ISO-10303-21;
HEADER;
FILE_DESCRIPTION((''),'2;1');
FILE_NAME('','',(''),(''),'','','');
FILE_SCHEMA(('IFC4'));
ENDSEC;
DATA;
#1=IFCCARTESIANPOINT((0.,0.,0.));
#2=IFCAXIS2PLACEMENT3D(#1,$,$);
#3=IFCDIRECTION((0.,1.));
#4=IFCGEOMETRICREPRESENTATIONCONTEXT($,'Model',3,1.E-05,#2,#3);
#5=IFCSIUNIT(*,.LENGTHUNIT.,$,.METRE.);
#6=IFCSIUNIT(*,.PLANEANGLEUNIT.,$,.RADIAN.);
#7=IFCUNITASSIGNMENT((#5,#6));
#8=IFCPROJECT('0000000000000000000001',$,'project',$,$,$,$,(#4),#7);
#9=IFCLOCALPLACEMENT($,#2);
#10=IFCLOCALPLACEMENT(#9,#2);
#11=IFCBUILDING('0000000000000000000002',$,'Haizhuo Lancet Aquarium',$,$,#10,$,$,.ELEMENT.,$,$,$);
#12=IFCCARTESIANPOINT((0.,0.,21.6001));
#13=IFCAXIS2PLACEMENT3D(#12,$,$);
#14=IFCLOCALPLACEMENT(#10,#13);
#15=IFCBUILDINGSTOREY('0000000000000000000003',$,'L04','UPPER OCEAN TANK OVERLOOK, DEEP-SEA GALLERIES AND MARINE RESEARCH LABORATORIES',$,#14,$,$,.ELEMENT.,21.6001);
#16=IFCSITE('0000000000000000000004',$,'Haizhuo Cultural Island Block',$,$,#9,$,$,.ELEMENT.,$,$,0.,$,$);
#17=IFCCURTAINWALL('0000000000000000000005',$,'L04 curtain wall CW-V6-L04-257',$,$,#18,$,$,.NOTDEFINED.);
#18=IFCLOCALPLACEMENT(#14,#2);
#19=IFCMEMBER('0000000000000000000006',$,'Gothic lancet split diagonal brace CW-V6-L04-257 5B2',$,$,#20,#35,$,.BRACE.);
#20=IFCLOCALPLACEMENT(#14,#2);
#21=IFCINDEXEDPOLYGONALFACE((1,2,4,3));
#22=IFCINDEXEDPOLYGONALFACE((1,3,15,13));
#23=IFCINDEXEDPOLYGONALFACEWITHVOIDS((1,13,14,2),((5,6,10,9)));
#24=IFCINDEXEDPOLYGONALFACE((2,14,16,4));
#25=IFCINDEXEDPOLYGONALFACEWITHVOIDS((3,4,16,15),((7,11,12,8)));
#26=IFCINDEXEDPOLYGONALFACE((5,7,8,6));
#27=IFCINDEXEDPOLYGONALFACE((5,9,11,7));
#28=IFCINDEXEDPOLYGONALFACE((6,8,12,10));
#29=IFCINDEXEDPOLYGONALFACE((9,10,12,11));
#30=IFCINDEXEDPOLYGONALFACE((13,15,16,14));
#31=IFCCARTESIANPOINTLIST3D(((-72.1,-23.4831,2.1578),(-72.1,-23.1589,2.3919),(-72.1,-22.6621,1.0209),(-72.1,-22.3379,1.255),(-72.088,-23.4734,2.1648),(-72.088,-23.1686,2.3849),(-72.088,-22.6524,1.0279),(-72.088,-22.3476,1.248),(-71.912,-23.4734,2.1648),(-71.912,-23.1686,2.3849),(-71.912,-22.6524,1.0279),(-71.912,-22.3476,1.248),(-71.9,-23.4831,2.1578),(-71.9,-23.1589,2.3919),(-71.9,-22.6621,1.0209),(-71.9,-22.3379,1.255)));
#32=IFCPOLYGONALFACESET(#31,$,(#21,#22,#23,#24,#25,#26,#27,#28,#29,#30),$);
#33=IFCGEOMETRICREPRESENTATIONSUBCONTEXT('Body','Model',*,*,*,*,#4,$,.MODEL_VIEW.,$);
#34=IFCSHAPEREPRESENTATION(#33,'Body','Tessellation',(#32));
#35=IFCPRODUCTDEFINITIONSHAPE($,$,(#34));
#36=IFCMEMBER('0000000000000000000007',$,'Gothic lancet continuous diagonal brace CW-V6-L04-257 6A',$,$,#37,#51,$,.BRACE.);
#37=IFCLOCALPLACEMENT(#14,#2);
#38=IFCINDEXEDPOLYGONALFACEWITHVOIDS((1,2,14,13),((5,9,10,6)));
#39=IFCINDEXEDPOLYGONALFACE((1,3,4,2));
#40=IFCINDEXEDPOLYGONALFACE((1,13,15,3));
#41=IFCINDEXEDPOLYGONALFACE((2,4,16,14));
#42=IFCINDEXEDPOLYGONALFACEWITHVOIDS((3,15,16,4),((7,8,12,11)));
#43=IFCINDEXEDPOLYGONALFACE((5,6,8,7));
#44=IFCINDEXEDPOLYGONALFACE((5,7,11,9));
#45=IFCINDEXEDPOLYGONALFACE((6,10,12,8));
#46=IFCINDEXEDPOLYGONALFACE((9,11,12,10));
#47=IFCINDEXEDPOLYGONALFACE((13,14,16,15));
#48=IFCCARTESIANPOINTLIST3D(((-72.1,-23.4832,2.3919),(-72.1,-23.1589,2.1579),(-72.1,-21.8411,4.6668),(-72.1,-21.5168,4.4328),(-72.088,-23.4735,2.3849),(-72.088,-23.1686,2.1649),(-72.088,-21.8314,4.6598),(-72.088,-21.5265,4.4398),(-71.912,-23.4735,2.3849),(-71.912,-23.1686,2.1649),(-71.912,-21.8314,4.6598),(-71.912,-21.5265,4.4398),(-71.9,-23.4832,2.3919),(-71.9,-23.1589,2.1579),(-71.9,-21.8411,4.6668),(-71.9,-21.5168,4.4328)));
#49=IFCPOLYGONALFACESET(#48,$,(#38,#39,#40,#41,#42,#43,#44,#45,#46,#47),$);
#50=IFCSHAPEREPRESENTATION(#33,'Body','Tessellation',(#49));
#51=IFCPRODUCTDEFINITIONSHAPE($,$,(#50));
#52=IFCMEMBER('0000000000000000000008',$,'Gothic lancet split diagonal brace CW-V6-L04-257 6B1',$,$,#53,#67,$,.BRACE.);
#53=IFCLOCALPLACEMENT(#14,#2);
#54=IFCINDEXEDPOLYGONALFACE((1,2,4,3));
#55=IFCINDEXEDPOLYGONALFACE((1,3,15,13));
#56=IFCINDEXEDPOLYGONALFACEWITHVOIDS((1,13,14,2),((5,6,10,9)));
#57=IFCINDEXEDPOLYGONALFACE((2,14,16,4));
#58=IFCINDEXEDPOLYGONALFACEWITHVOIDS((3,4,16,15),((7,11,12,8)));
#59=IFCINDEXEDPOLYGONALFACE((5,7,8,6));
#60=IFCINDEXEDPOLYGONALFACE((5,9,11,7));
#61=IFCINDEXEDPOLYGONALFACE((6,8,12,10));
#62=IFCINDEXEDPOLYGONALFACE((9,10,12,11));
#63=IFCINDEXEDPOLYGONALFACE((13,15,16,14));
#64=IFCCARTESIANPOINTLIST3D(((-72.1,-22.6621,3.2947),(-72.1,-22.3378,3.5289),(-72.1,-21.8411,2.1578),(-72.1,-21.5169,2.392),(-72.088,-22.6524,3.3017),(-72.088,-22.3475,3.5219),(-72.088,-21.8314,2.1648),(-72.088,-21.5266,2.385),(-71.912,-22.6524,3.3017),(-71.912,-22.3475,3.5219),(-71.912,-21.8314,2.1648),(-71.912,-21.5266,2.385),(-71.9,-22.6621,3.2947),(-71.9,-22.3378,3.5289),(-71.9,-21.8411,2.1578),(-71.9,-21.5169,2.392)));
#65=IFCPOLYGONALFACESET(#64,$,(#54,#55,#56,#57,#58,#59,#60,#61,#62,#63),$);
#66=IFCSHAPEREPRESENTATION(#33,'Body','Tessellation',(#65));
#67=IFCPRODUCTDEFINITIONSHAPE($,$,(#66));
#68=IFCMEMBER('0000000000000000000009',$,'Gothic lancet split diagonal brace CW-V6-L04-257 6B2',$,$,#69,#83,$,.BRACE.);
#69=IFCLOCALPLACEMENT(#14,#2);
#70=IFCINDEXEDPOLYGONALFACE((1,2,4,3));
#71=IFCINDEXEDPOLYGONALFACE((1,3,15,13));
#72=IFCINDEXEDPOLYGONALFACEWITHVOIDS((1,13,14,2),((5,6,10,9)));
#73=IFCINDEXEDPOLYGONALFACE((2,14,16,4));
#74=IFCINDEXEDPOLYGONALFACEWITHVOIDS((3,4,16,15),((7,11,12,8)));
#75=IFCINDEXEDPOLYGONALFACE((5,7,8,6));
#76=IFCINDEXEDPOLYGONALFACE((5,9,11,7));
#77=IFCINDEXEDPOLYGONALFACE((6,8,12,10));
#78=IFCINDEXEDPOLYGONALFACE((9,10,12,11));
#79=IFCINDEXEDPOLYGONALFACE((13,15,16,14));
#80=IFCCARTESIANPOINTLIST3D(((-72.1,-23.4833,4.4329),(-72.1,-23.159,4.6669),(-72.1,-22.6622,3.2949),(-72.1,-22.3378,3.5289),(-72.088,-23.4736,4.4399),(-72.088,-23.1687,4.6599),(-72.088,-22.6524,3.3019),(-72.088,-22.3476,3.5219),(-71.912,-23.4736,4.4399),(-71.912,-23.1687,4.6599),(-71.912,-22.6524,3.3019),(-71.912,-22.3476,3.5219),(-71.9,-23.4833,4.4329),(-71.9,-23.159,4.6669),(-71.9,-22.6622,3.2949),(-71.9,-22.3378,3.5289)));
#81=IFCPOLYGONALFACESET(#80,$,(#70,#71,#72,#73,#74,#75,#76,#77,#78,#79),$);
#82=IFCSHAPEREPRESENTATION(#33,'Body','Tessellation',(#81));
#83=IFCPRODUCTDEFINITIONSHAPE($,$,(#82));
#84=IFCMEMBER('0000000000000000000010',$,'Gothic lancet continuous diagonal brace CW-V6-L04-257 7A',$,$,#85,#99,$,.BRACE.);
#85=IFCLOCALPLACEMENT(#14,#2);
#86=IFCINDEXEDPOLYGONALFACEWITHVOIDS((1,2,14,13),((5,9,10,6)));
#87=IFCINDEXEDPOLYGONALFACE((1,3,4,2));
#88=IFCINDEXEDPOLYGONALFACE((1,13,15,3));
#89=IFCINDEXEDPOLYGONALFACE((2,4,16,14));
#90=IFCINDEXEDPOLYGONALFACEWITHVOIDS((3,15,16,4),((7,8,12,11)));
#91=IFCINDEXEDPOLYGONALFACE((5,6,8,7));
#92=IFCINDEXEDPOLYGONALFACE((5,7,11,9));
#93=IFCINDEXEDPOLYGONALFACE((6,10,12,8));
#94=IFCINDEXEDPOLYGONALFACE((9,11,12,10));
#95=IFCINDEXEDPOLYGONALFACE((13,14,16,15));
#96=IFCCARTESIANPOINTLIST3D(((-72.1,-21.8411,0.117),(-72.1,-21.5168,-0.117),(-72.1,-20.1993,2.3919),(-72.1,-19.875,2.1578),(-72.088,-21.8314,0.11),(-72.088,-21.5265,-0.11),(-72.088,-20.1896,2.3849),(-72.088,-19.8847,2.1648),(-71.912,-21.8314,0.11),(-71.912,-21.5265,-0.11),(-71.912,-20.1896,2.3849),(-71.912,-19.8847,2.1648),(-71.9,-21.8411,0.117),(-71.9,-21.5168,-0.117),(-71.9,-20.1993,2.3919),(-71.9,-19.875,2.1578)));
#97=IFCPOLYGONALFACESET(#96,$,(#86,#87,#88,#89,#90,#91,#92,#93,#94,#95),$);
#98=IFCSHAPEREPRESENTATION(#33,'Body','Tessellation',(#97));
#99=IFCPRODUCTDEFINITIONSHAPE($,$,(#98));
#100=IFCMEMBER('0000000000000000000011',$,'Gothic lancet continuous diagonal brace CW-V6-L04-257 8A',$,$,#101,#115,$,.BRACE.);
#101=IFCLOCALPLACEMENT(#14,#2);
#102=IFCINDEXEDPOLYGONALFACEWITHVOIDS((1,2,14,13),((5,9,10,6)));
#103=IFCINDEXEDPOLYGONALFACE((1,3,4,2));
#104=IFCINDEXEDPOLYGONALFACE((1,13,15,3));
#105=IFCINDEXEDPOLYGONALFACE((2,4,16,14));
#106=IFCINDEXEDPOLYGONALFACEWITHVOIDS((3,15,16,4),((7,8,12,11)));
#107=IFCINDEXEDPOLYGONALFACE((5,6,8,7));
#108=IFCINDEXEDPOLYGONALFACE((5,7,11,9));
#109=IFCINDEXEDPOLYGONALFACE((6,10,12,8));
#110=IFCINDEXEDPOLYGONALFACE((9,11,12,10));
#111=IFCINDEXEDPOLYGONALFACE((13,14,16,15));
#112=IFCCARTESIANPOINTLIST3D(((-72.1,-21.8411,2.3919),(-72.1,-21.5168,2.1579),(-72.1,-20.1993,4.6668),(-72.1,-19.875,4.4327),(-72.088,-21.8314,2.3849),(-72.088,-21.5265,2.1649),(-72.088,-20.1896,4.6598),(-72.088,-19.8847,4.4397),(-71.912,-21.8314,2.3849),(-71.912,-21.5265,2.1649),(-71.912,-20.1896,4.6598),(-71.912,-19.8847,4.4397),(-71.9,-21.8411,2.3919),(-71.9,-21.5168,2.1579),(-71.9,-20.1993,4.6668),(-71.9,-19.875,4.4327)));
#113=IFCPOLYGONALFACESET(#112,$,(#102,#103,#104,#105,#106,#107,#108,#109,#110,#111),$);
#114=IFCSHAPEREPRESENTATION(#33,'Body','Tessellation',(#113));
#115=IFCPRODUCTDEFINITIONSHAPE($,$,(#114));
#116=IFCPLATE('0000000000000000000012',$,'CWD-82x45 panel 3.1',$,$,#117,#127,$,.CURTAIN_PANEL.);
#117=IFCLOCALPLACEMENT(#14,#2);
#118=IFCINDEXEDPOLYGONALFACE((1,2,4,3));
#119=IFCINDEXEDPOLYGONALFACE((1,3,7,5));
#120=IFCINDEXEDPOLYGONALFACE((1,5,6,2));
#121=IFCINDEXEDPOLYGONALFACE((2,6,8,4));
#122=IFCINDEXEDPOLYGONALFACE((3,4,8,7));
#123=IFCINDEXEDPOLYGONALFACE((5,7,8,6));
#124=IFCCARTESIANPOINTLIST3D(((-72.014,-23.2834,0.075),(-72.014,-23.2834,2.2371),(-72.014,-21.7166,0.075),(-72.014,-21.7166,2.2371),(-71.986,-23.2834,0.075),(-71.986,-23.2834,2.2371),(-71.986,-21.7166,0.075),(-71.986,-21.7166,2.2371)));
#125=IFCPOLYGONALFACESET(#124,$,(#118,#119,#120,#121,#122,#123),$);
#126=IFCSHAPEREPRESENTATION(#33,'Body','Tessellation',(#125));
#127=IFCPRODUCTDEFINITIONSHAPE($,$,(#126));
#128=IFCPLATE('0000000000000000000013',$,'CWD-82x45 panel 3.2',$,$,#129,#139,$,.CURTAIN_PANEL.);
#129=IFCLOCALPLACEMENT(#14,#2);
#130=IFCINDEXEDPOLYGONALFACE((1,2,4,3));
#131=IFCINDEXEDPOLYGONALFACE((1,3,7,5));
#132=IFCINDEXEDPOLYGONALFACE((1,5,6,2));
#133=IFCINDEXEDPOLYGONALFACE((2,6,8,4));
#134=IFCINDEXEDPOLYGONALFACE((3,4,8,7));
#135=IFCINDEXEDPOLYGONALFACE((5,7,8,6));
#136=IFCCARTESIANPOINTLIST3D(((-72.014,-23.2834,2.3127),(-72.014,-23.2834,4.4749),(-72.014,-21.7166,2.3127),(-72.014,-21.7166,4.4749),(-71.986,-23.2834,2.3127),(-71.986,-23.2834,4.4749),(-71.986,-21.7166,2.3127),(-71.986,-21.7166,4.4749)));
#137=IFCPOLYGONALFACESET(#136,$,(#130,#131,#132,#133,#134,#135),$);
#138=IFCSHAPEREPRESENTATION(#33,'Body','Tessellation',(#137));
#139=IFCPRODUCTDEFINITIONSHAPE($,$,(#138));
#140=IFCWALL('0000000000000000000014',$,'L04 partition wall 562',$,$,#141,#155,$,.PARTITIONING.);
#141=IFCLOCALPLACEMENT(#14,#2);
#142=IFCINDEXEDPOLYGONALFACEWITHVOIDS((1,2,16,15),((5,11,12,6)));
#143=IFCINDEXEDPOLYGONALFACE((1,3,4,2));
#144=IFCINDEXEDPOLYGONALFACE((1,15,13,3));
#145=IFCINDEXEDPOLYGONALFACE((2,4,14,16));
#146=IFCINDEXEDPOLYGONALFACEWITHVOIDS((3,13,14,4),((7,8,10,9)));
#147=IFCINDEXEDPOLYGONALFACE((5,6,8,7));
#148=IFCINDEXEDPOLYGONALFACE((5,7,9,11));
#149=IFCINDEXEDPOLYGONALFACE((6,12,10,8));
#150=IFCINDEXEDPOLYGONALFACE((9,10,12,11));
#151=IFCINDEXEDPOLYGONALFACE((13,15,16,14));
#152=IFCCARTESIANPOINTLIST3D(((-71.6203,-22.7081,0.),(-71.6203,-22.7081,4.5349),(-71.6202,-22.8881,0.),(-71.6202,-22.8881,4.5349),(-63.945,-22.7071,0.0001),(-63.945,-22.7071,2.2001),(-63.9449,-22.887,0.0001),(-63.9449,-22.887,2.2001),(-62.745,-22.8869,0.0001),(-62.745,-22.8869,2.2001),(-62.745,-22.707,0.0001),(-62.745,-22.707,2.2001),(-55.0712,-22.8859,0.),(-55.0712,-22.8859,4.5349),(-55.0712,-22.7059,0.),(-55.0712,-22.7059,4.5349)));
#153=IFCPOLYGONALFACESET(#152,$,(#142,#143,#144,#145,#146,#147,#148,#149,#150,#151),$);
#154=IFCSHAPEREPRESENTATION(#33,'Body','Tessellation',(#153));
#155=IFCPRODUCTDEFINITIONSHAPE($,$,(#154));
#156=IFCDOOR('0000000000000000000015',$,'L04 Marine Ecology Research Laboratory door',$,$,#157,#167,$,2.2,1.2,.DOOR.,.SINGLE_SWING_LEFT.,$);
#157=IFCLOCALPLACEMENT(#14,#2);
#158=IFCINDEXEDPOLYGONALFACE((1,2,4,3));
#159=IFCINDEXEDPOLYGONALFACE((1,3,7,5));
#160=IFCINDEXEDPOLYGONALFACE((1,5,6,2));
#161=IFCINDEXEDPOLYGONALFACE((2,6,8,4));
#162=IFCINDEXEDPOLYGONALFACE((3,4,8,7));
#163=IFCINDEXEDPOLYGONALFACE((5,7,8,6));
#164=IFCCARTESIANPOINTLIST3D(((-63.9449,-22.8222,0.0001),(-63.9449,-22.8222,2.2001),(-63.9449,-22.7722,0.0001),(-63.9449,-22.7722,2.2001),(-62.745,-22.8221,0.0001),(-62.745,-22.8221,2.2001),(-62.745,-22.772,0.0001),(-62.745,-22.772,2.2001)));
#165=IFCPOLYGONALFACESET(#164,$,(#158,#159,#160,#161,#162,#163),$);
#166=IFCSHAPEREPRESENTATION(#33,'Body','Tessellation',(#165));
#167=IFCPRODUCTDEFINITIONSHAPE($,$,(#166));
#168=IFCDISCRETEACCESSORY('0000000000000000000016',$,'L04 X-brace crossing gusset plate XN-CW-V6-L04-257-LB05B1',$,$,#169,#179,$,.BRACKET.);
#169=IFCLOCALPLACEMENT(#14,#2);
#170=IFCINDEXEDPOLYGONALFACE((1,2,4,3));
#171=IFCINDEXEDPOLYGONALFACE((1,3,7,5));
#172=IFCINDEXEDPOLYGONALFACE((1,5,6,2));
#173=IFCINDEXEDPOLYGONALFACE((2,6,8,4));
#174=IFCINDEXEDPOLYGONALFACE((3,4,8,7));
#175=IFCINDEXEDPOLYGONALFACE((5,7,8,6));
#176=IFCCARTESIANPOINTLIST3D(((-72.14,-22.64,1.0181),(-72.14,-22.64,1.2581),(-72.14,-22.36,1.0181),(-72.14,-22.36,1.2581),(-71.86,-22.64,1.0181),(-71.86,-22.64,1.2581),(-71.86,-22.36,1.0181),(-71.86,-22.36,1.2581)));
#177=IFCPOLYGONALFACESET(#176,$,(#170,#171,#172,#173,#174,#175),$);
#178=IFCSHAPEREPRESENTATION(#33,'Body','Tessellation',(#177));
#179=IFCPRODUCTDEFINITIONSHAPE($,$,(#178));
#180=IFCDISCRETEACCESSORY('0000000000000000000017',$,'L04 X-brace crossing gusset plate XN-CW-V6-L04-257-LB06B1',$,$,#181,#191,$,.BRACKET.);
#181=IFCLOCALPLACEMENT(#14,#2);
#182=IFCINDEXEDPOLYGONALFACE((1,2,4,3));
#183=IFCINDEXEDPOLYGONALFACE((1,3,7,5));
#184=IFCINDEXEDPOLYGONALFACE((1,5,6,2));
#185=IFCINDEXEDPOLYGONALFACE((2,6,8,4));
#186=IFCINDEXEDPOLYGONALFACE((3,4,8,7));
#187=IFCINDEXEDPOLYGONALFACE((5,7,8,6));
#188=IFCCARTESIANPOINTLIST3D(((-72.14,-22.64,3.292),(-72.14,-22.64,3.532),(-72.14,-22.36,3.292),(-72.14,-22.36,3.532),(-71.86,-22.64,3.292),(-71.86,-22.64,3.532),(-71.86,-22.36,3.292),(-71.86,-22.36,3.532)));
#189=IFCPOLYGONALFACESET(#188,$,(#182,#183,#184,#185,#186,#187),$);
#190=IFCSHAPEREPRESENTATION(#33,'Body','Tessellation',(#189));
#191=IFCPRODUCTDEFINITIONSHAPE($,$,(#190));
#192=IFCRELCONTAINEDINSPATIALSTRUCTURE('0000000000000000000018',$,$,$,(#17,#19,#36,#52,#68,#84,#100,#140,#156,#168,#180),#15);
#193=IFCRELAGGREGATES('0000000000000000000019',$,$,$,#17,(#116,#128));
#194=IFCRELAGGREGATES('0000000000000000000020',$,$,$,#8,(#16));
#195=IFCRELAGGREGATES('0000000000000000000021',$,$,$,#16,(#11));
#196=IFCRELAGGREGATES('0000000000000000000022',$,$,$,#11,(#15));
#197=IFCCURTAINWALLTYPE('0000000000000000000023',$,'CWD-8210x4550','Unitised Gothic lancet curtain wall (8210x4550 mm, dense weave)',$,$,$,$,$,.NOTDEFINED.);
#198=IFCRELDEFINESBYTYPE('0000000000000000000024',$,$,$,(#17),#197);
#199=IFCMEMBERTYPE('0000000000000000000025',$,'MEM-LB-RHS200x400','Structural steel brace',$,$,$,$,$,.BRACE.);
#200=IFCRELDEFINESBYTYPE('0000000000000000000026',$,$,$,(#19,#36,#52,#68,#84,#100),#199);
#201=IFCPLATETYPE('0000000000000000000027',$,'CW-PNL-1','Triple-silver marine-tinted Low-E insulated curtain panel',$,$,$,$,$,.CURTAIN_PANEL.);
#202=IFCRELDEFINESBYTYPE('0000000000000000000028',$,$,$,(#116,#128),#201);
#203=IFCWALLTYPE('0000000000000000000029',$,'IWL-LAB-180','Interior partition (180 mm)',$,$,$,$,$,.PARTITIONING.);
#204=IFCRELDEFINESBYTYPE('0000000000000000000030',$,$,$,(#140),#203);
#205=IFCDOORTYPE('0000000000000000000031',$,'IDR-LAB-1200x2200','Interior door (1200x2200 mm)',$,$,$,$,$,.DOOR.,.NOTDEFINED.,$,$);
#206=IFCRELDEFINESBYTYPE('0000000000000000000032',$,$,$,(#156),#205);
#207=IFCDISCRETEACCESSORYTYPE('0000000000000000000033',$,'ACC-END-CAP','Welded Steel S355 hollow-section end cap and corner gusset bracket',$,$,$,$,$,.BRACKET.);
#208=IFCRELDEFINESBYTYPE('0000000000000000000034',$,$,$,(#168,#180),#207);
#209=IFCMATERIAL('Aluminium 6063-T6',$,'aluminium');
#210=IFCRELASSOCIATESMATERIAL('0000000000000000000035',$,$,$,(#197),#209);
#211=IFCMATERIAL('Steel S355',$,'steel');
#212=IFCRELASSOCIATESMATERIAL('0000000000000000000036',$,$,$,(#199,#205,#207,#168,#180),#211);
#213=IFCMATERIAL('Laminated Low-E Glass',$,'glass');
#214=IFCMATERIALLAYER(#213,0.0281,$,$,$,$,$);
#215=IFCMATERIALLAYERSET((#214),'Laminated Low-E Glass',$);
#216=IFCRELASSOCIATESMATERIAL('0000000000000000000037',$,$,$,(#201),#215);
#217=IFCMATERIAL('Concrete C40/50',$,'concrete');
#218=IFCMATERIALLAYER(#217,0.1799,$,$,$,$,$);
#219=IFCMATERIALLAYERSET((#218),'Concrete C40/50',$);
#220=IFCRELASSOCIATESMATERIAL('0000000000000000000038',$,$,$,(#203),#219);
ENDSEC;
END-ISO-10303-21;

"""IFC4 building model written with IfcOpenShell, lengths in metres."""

from ifc_helpers import new_model, si_unit, direction, frame, frame_2d, origin, origin_2d, place, context, subcontext, project, spatial, rectangle, hollow_rectangle, extrude, material, layer, layer_set, material_profile, profile_set, type_object, element, fill, aggregate, save


model = new_model("IFC4")

# Units and contexts
model_context = context("Model", 3, precision=1e-05, world=origin(), true_north=direction((0.0, 1.0)))
body_context = subcontext(model_context, "Body", "Model", "MODEL_VIEW")
ifc_project = project(units=[si_unit("LENGTHUNIT", "METRE"), si_unit("PLANEANGLEUNIT", "RADIAN")], contexts=[model_context])

# Site, building, storey
site_placement = place(None, origin())
site = spatial("IfcSite", under=ifc_project, at=site_placement, Name="Haizhuo Cultural Island Block", CompositionType="ELEMENT", RefElevation=0.0)
building_placement = place(site_placement, origin())
building = spatial("IfcBuilding", under=site, at=building_placement, Name="Haizhuo Lancet Aquarium", CompositionType="ELEMENT")
storey_placement = place(building_placement, frame((0.0, 0.0, 21.6001)))
storey = spatial("IfcBuildingStorey", under=building, at=storey_placement, Name="L04", Description="UPPER OCEAN TANK OVERLOOK, DEEP-SEA GALLERIES AND MARINE RESEARCH LABORATORIES", CompositionType="ELEMENT", Elevation=21.6001)

# Curtain wall
ifc_material_1 = material(Name="Aluminium 6063-T6", Category="aluminium")
curtain_wall_type = type_object("IfcCurtainWallType", Name="CWD-8210x4550", Description="Unitised Gothic lancet curtain wall (8210x4550 mm, dense weave)", PredefinedType="NOTDEFINED", material=ifc_material_1)
curtain_wall_placement = place(storey_placement, origin())
curtain_wall = element("IfcCurtainWall", 1, at=curtain_wall_placement, inside=storey, type_object=curtain_wall_type, Name="L04 curtain wall CW-V6-L04-257", PredefinedType="NOTDEFINED")

# Shared definitions
ifc_material_2 = material(Name="Steel S355", Category="steel")

# Members
ifc_material_profile_1 = material_profile(ifc_material_2, hollow_rectangle(XDim=0.2, YDim=0.3999, WallThickness=0.012, at=origin_2d()), Name="RHS 200x400x12")
ifc_profile_set_1 = profile_set([ifc_material_profile_1], Name="Steel S355")
member_type_1 = type_object("IfcMemberType", Name="MEM-LB-RHS200x400", Description="Structural steel brace", PredefinedType="BRACE", material=ifc_profile_set_1)
member_1_placement = place(storey_placement, frame((-72.0, -22.5, 1.1379), z_axis=(0.0, -0.585446, 0.810711), x_axis=(1.0, 0.0, 0.0)))
element("IfcMember", 2, at=member_1_placement, inside=storey, type_object=member_type_1, Name="Gothic lancet split diagonal brace CW-V6-L04-257 5B2", PredefinedType="BRACE", context=body_context, shape_type="SweptSolid", body=[
    extrude(hollow_rectangle(XDim=0.2, YDim=0.3999, WallThickness=0.012, at=origin_2d()), origin(), (0.0, 0.0, 1.0), 1.4023),
])
member_2_placement = place(storey_placement, frame((-72.0, -23.321, 2.2749), z_axis=(0.0, 0.585281, 0.810831), x_axis=(-1.0, 0.0, 0.0)))
element("IfcMember", 3, at=member_2_placement, inside=storey, type_object=member_type_1, Name="Gothic lancet continuous diagonal brace CW-V6-L04-257 6A", PredefinedType="BRACE", context=body_context, shape_type="SweptSolid", body=[
    extrude(hollow_rectangle(XDim=0.2, YDim=0.3999, WallThickness=0.012, at=origin_2d()), origin(), (0.0, 0.0, 1.0), 2.8057),
])
member_3_placement = place(storey_placement, frame((-72.0, -21.679, 2.2749), z_axis=(0.0, -0.585446, 0.810711), x_axis=(1.0, 0.0, 0.0)))
element("IfcMember", 4, at=member_3_placement, inside=storey, type_object=member_type_1, Name="Gothic lancet split diagonal brace CW-V6-L04-257 6B1", PredefinedType="BRACE", context=body_context, shape_type="SweptSolid", body=[
    extrude(hollow_rectangle(XDim=0.2, YDim=0.3999, WallThickness=0.012, at=origin_2d()), origin(), (0.0, 0.0, 1.0), 1.4023),
])
member_4_placement = place(storey_placement, frame((-72.0, -22.5, 3.4119), z_axis=(0.0, -0.585116, 0.81095), x_axis=(1.0, 0.0, 0.0)))
element("IfcMember", 5, at=member_4_placement, inside=storey, type_object=member_type_1, Name="Gothic lancet split diagonal brace CW-V6-L04-257 6B2", PredefinedType="BRACE", context=body_context, shape_type="SweptSolid", body=[
    extrude(hollow_rectangle(XDim=0.2, YDim=0.3999, WallThickness=0.012, at=origin_2d()), origin(), (0.0, 0.0, 1.0), 1.4033),
])
for number, where, z_axis, x_axis, name in (
    (6, (-72.0, -21.679, 0.0), (0.0, 0.585224, 0.810872), (-1.0, 0.0, 0.0), "Gothic lancet continuous diagonal brace CW-V6-L04-257 7A"),
    (7, (-72.0, -21.679, 2.2749), (0.0, 0.585224, 0.810872), (-1.0, 0.0, 0.0), "Gothic lancet continuous diagonal brace CW-V6-L04-257 8A"),
):
    element("IfcMember", number, at=place(storey_placement, frame(where, z_axis=z_axis, x_axis=x_axis)), inside=storey, type_object=member_type_1, Name=name, PredefinedType="BRACE", context=body_context, shape_type="SweptSolid", body=[
        extrude(hollow_rectangle(XDim=0.2, YDim=0.3999, WallThickness=0.012, at=origin_2d()), origin(), (0.0, 0.0, 1.0), 2.8054),
    ])

# Plates
ifc_material_3 = material(Name="Laminated Low-E Glass", Category="glass")
ifc_layer_1 = layer(ifc_material_3, 0.0281)
ifc_layer_set_1 = layer_set([ifc_layer_1], Name="Laminated Low-E Glass")
plate_type = type_object("IfcPlateType", Name="CW-PNL-1", Description="Triple-silver marine-tinted Low-E insulated curtain panel", PredefinedType="CURTAIN_PANEL", material=ifc_layer_set_1)
plate_1_placement = place(storey_placement, frame((-72.0, -22.5, 0.075), z_axis=(0.0, 0.0, 1.0), x_axis=(0.0, 1.0, 0.0)))
plate_1 = element("IfcPlate", 8, at=plate_1_placement, type_object=plate_type, Name="CWD-82x45 panel 3.1", PredefinedType="CURTAIN_PANEL", context=body_context, shape_type="SweptSolid", body=[
    extrude(rectangle(XDim=1.5669, YDim=0.0281, at=origin_2d()), origin(), (0.0, 0.0, 1.0), 2.1621),
])
plate_2_placement = place(storey_placement, frame((-72.0, -22.5, 2.3127), z_axis=(0.0, 0.0, 1.0), x_axis=(0.0, 1.0, 0.0)))
plate_2 = element("IfcPlate", 9, at=plate_2_placement, type_object=plate_type, Name="CWD-82x45 panel 3.2", PredefinedType="CURTAIN_PANEL", context=body_context, shape_type="SweptSolid", body=[
    extrude(rectangle(XDim=1.5669, YDim=0.0281, at=origin_2d()), origin(), (0.0, 0.0, 1.0), 2.1621),
])
aggregate(curtain_wall, [plate_1, plate_2])

# Wall, opening, door
ifc_material_4 = material(Name="Concrete C40/50", Category="concrete")
ifc_layer_2 = layer(ifc_material_4, 0.1799)
ifc_layer_set_2 = layer_set([ifc_layer_2], Name="Concrete C40/50")
wall_type = type_object("IfcWallType", Name="IWL-LAB-180", Description="Interior partition (180 mm)", PredefinedType="PARTITIONING", material=ifc_layer_set_2)
wall_placement = place(storey_placement, frame((-71.6201, -22.7981, 0.0), z_axis=(0.0, 0.0, 1.0), x_axis=(1.0, 0.000133, 0.0)))
wall = element("IfcWall", 10, at=wall_placement, inside=storey, type_object=wall_type, Name="L04 partition wall 562", PredefinedType="PARTITIONING", context=body_context, shape_type="SweptSolid", body=[
    extrude(rectangle(XDim=16.5491, YDim=0.1799, at=frame_2d((8.2744, 0.0))), origin(), (0.0, 0.0, 1.0), 4.5349),
])
opening_placement = place(wall_placement, frame((7.675, 0.0, 0.0)))
opening = element("IfcOpeningElement", 11, at=opening_placement, cuts=wall, PredefinedType="OPENING", context=body_context, shape_type="SweptSolid", body=[
    extrude(rectangle(XDim=1.2, YDim=2.2, at=frame_2d((0.6001, 1.1001))), frame((0.0, 0.0999, 0.0), z_axis=(0.0, -1.0, 0.0), x_axis=(1.0, 0.0, 0.0)), (0.0, 0.0, 1.0), 0.1999),
])
door_type = type_object("IfcDoorType", Name="IDR-LAB-1200x2200", Description="Interior door (1200x2200 mm)", OperationType="NOTDEFINED", PredefinedType="DOOR", material=ifc_material_2)
door_placement = place(opening_placement, origin())
door = element("IfcDoor", 12, at=door_placement, inside=storey, type_object=door_type, Name="L04 Marine Ecology Research Laboratory door", OperationType="SINGLE_SWING_LEFT", OverallHeight=2.2, OverallWidth=1.2, PredefinedType="DOOR", context=body_context, shape_type="SweptSolid", body=[
    extrude(rectangle(XDim=1.2, YDim=2.2, at=frame_2d((0.6001, 1.1001))), frame((0.0, 0.0249, 0.0), z_axis=(0.0, -1.0, 0.0), x_axis=(1.0, 0.0, 0.0)), (0.0, 0.0, 1.0), 0.05),
])
fill(opening, door)

# Discrete accessories
discrete_accessory_type = type_object("IfcDiscreteAccessoryType", Name="ACC-END-CAP", Description="Welded Steel S355 hollow-section end cap and corner gusset bracket", PredefinedType="BRACKET", material=ifc_material_2)
for number, where, z_axis, x_axis, name in (
    (13, (-72.0, -22.5, 1.0181), (0.0, 0.0, 1.0), (1.0, 0.0, 0.0), "L04 X-brace crossing gusset plate XN-CW-V6-L04-257-LB05B1"),
    (14, (-72.0, -22.5, 3.292), (0.0, 0.0, 1.0), (1.0, 0.0, 0.0), "L04 X-brace crossing gusset plate XN-CW-V6-L04-257-LB06B1"),
):
    element("IfcDiscreteAccessory", number, at=place(storey_placement, frame(where, z_axis=z_axis, x_axis=x_axis)), inside=storey, type_object=discrete_accessory_type, material=ifc_material_2, Name=name, PredefinedType="BRACKET", context=body_context, shape_type="SweptSolid", body=[
        extrude(rectangle(XDim=0.28, YDim=0.28, at=origin_2d()), origin(), (0.0, 0.0, 1.0), 0.24),
    ])

save(model, "model.ifc")
